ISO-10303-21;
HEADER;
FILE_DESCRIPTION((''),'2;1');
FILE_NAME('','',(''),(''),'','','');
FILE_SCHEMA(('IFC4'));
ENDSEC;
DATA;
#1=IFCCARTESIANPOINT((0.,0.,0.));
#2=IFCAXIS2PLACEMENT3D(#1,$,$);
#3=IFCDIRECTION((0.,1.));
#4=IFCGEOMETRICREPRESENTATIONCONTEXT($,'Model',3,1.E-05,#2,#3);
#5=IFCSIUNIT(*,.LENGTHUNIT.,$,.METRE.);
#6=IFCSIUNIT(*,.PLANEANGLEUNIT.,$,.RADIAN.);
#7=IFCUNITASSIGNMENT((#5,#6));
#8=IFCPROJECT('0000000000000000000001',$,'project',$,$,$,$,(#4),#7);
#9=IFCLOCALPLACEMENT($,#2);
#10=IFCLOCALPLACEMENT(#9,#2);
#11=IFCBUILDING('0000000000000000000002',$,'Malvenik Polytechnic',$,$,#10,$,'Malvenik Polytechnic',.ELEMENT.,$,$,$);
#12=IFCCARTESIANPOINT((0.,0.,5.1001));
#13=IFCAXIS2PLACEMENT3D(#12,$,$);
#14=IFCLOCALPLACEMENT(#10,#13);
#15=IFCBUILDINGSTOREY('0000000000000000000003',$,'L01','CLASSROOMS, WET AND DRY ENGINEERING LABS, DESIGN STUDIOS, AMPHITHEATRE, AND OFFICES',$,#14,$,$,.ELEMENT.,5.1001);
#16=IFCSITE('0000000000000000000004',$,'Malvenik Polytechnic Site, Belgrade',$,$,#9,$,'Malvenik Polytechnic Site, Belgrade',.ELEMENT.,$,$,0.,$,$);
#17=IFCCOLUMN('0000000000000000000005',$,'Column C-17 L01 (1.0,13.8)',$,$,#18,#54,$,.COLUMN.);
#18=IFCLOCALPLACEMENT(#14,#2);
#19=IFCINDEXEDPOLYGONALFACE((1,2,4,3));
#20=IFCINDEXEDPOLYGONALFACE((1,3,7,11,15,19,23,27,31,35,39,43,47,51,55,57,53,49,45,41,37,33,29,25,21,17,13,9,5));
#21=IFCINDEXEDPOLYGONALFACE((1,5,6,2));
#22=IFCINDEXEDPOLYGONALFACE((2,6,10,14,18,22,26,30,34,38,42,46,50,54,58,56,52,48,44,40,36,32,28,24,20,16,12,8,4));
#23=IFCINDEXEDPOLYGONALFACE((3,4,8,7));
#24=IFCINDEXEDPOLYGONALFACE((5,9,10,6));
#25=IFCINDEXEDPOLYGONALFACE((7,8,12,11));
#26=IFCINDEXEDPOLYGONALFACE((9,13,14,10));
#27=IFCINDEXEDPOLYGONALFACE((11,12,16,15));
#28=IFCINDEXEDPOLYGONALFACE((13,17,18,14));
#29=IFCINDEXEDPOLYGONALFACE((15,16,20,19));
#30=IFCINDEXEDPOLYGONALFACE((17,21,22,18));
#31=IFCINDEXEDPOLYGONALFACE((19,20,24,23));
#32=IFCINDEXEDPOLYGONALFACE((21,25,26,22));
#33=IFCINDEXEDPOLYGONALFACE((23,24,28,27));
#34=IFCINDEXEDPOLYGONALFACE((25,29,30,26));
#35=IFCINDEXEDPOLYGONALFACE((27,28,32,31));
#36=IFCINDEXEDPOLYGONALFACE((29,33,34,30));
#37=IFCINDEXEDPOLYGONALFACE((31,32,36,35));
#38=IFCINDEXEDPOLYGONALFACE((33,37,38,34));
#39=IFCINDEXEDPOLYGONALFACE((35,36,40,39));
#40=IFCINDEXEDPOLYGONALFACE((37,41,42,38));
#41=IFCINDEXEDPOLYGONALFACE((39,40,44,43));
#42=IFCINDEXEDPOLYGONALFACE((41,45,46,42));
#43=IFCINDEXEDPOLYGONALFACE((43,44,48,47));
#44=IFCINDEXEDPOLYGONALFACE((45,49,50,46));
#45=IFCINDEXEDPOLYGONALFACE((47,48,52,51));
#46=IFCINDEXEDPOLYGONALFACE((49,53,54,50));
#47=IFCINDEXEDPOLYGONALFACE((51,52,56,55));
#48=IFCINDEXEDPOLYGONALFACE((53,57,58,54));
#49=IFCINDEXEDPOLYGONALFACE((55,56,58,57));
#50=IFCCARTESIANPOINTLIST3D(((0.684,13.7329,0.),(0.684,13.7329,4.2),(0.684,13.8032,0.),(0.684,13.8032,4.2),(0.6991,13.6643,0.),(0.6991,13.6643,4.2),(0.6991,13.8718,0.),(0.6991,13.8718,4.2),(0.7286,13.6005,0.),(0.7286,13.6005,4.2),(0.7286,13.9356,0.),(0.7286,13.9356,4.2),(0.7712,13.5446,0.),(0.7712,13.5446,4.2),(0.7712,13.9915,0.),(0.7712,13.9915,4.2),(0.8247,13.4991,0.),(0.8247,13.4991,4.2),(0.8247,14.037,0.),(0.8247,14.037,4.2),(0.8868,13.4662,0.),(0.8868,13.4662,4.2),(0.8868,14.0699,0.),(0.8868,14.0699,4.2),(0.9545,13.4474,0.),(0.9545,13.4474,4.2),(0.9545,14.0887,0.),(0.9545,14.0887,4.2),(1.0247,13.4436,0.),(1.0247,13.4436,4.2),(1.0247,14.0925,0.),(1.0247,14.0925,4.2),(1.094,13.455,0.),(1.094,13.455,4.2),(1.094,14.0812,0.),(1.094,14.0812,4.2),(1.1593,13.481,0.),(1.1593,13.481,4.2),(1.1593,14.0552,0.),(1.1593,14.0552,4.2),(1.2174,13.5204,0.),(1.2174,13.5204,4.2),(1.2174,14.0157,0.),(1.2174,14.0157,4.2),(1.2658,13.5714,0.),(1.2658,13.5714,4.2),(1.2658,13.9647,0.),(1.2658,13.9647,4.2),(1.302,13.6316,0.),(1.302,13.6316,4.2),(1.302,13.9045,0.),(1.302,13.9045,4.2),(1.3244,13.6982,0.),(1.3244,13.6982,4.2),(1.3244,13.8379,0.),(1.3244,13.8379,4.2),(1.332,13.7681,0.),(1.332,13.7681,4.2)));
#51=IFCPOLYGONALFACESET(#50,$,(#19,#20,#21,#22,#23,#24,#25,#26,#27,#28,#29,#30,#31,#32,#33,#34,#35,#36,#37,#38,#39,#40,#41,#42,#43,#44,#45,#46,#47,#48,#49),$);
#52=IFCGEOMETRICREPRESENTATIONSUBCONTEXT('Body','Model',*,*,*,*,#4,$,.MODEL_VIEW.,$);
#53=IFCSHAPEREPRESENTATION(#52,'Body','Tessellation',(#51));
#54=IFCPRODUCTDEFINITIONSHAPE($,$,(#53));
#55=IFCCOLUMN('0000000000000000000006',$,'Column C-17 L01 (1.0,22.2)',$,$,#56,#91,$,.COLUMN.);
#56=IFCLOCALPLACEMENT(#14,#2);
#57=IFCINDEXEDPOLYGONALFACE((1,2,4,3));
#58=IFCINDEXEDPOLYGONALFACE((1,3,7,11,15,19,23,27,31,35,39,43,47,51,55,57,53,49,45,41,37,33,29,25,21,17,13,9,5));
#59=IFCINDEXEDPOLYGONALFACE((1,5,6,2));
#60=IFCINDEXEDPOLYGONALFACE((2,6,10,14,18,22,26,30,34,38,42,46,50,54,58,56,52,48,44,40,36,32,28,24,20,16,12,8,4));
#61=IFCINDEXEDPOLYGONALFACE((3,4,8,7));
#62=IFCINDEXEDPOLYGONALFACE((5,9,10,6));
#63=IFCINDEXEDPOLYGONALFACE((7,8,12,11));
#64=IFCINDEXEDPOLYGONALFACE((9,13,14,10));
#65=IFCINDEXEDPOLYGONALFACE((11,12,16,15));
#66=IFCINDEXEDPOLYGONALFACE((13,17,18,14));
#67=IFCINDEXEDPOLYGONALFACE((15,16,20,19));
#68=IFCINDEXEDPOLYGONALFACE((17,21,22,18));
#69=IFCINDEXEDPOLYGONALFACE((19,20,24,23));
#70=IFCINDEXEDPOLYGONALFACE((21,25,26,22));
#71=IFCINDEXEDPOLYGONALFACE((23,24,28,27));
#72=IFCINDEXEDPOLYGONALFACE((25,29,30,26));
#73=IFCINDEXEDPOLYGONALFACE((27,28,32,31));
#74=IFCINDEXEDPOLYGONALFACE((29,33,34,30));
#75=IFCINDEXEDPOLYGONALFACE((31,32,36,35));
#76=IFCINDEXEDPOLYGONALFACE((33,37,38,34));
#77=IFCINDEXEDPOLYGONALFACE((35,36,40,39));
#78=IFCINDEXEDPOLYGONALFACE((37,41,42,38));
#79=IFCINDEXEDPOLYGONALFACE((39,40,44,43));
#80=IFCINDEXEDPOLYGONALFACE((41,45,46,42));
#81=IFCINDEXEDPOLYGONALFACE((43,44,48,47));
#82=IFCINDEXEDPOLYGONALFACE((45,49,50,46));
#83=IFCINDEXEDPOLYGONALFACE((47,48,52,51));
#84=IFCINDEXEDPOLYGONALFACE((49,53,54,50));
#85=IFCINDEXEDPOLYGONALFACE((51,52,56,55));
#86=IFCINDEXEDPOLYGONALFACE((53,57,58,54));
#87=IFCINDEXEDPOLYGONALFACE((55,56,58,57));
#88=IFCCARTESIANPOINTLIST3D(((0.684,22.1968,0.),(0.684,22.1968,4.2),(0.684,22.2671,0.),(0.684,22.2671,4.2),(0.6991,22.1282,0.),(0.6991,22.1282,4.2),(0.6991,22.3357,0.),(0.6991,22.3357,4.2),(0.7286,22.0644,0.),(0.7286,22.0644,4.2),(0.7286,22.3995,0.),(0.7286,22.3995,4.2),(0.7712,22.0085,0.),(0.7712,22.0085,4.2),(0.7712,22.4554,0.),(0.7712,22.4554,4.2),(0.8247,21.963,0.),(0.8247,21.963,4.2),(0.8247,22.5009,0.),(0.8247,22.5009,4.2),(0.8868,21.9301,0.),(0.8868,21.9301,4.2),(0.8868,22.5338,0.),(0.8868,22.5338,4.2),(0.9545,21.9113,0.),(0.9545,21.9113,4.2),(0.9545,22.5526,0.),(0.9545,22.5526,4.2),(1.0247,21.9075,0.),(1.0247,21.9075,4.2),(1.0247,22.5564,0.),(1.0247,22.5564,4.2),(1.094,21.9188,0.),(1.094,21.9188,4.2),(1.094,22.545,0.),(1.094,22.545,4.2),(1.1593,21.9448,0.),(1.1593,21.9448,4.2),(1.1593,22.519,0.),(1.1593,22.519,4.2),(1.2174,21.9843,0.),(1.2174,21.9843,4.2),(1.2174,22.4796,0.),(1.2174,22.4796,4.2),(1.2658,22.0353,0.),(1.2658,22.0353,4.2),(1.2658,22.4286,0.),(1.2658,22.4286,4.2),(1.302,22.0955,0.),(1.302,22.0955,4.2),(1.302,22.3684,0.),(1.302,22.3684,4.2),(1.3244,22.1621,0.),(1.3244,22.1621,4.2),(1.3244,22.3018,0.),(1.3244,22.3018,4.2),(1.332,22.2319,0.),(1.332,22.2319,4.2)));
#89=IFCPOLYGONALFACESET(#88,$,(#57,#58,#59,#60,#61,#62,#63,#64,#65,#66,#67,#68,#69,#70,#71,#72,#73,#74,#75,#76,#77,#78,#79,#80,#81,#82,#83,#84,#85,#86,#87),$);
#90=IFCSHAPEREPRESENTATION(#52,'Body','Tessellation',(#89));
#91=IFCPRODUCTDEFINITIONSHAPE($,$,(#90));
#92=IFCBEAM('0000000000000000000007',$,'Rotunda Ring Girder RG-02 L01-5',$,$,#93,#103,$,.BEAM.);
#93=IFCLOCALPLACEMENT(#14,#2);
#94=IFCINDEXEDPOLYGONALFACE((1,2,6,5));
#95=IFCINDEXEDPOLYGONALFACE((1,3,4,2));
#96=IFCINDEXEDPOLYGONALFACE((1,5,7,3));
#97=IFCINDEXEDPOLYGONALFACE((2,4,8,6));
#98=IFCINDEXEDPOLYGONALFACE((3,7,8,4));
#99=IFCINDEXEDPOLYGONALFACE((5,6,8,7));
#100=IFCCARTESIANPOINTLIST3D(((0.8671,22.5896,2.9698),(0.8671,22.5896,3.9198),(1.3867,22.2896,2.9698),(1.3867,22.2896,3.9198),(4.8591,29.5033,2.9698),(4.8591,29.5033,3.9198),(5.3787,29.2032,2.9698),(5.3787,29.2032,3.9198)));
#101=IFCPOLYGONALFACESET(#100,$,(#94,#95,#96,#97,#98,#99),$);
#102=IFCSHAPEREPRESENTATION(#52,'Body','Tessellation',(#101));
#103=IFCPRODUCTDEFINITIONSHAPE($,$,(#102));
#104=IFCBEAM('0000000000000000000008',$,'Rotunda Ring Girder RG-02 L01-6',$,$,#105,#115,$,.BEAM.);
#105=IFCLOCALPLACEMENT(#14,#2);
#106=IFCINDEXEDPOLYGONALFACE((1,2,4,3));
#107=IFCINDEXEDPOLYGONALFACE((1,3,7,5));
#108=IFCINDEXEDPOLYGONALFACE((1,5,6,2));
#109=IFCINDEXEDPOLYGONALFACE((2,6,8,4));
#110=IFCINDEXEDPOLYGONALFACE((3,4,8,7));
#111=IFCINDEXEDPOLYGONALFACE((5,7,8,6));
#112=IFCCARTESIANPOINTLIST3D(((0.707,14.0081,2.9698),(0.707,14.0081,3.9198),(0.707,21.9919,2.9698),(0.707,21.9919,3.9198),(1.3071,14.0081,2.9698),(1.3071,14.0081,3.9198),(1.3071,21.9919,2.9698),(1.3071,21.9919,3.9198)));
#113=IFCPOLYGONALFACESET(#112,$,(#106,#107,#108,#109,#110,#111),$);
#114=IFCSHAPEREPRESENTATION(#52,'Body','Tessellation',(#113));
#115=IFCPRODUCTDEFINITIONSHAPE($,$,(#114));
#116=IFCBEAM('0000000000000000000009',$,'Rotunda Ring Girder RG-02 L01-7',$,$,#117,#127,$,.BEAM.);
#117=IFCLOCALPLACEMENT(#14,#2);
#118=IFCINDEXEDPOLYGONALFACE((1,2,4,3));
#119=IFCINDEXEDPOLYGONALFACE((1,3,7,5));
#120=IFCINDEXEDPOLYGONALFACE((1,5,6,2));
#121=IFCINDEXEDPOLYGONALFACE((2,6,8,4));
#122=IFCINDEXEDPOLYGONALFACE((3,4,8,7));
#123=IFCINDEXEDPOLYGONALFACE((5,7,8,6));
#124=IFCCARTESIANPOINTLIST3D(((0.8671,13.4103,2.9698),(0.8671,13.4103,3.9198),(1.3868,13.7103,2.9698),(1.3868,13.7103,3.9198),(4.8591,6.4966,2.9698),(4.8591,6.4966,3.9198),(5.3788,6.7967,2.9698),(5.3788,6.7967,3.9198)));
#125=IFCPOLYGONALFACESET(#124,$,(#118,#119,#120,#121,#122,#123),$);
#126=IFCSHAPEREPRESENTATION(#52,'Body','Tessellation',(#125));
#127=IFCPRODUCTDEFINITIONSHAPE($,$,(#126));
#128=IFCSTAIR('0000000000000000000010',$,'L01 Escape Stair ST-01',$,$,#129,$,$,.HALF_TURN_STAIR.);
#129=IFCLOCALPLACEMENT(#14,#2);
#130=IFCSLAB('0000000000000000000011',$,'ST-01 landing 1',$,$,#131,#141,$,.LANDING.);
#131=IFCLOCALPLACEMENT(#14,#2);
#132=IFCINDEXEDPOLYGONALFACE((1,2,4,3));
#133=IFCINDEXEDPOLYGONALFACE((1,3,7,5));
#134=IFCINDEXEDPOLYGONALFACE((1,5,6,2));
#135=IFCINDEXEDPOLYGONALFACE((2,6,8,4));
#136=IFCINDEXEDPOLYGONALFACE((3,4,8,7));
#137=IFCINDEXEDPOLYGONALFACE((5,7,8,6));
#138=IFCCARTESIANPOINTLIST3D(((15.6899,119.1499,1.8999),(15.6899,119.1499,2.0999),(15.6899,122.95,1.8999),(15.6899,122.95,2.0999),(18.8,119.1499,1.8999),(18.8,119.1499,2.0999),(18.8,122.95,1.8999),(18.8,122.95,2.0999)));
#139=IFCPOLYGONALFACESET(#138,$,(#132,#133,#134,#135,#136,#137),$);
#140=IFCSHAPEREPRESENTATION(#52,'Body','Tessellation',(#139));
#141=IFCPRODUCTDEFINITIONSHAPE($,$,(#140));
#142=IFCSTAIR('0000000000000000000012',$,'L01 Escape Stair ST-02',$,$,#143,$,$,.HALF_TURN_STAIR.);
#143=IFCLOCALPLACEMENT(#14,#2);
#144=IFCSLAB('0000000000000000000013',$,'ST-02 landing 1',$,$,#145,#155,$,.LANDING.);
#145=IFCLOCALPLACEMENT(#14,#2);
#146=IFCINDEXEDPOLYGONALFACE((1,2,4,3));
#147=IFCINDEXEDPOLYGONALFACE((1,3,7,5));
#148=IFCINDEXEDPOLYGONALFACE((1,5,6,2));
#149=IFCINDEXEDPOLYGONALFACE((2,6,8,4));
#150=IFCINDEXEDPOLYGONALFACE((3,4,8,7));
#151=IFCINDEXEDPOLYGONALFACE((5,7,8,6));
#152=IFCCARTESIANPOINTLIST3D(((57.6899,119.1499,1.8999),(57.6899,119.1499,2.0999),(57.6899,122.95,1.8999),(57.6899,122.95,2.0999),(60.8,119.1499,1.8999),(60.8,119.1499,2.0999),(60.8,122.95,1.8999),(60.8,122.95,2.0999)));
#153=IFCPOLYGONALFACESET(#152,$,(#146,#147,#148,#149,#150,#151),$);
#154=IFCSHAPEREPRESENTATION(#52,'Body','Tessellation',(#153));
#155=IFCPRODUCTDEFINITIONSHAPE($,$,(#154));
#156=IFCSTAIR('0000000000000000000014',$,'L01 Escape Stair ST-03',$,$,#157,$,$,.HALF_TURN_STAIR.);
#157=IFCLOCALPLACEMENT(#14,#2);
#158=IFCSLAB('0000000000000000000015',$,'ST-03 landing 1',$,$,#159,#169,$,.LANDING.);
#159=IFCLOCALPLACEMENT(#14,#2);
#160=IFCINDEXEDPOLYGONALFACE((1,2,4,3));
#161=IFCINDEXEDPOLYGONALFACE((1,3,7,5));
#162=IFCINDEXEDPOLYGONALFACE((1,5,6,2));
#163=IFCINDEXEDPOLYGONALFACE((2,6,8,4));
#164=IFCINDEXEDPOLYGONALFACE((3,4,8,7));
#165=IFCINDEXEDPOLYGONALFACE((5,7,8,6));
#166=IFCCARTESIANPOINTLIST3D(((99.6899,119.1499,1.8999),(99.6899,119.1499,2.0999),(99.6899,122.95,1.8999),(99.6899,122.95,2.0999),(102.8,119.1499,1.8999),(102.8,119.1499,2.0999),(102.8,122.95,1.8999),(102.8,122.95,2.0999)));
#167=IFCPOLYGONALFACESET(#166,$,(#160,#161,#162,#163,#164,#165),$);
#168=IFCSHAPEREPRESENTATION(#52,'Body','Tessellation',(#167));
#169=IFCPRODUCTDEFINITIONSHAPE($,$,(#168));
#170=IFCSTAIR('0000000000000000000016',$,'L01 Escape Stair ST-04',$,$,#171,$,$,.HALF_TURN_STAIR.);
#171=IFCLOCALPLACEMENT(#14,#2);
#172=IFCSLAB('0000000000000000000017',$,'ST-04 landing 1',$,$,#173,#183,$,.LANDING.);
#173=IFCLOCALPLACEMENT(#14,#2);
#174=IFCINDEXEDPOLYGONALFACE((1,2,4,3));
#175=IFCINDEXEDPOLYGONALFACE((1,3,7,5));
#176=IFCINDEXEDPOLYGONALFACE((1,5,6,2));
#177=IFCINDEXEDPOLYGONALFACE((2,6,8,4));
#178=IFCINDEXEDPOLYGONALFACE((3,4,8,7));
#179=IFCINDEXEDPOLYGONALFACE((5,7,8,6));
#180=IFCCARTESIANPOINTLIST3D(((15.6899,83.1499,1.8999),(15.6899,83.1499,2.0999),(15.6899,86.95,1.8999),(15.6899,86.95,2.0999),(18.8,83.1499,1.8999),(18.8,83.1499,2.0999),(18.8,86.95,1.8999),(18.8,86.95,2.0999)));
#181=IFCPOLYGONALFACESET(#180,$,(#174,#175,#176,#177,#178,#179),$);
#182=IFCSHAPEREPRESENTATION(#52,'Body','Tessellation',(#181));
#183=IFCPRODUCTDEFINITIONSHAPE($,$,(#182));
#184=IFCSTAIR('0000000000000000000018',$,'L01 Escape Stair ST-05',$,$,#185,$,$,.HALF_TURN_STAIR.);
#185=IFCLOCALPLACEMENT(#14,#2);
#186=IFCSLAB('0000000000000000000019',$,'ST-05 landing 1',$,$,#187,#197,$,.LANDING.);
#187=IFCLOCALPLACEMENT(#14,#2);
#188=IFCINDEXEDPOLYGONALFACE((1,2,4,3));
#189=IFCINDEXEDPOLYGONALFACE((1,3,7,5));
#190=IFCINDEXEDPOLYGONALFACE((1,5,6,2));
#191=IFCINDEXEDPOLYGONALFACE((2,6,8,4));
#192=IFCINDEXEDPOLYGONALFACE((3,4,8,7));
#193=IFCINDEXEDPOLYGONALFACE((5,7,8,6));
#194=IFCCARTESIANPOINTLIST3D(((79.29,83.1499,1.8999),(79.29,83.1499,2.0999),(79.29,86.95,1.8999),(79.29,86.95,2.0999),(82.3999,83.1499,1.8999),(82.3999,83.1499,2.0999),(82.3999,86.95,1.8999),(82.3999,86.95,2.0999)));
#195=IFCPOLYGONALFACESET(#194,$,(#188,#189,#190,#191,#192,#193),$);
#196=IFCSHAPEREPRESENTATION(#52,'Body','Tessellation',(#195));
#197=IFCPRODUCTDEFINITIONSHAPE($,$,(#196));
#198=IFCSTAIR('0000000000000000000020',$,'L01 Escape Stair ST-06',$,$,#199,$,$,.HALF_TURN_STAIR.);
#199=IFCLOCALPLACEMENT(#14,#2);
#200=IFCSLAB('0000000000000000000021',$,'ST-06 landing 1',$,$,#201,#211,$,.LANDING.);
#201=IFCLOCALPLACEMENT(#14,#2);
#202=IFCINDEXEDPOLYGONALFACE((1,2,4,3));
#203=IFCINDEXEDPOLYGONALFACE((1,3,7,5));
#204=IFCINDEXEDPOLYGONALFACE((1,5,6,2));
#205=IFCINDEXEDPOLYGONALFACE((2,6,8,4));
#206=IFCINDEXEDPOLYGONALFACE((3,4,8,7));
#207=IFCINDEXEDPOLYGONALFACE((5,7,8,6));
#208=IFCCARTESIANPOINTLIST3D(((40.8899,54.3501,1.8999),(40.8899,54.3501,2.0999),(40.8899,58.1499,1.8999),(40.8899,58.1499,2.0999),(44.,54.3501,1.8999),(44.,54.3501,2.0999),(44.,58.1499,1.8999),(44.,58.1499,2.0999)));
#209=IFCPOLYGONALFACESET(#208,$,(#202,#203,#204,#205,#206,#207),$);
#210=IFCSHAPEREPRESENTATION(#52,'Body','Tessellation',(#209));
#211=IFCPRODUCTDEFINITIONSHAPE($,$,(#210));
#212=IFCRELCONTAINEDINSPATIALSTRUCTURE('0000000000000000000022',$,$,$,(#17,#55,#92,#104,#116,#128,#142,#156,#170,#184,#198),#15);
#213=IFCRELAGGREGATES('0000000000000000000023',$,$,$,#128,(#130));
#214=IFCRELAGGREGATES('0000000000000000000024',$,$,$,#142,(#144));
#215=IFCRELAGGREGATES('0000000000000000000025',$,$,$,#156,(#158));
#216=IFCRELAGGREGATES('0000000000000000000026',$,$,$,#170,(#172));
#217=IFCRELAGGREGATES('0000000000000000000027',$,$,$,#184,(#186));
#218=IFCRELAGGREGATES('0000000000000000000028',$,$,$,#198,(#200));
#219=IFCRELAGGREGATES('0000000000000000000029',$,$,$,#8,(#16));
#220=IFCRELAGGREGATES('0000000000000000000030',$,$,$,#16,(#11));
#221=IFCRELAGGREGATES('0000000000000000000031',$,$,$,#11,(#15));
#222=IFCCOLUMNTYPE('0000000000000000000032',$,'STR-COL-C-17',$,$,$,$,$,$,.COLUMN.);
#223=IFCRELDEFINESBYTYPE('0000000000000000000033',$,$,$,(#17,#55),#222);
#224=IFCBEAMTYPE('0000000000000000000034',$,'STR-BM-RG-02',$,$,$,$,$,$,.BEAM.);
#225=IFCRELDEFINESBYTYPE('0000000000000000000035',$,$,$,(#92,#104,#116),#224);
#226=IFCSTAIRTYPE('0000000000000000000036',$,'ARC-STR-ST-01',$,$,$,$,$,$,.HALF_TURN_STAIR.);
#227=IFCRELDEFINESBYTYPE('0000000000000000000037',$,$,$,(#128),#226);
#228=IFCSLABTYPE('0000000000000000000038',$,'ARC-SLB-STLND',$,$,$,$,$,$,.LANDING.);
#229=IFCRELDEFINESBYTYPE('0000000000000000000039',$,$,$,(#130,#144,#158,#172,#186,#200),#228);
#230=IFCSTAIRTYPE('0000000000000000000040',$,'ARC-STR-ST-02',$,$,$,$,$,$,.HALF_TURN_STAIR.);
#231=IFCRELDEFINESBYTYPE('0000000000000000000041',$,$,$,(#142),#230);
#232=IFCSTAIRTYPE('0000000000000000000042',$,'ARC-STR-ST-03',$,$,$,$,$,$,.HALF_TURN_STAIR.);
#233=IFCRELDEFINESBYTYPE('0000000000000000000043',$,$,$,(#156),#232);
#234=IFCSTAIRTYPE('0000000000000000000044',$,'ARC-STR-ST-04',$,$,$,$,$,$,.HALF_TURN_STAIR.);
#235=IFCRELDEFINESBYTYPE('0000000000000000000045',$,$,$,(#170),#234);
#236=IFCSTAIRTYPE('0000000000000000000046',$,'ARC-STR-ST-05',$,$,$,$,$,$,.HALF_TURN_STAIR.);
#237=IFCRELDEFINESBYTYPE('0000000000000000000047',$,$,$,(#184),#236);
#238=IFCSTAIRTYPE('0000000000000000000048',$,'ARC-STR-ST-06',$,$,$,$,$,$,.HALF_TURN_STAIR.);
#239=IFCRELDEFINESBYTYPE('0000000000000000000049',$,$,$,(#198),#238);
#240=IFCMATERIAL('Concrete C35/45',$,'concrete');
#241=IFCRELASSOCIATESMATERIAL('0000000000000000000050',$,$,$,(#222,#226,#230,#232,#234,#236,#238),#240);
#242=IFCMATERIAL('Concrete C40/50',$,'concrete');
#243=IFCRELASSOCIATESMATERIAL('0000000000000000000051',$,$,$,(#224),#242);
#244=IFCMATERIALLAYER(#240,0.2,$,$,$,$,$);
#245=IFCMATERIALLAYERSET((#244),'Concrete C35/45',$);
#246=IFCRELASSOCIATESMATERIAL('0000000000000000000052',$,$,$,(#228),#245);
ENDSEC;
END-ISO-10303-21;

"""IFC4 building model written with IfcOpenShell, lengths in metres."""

from ifc_helpers import new_model, si_unit, direction, frame, origin, origin_2d, place, context, subcontext, project, spatial, polyline, rectangle, circle, outline, extrude, material, layer, layer_set, material_profile, profile_set, type_object, element, aggregate, save


model = new_model("IFC4")

# Units and contexts
model_context = context("Model", 3, precision=1e-05, world=origin(), true_north=direction((0.0, 1.0)))
body_context = subcontext(model_context, "Body", "Model", "MODEL_VIEW")
ifc_project = project(units=[si_unit("LENGTHUNIT", "METRE"), si_unit("PLANEANGLEUNIT", "RADIAN")], contexts=[model_context])

# Site, building, storey
site_placement = place(None, origin())
site = spatial("IfcSite", under=ifc_project, at=site_placement, Name="Malvenik Polytechnic Site, Belgrade", LongName="Malvenik Polytechnic Site, Belgrade", CompositionType="ELEMENT", RefElevation=0.0)
building_placement = place(site_placement, origin())
building = spatial("IfcBuilding", under=site, at=building_placement, Name="Malvenik Polytechnic", LongName="Malvenik Polytechnic", CompositionType="ELEMENT")
storey_placement = place(building_placement, frame((0.0, 0.0, 5.1001)))
storey = spatial("IfcBuildingStorey", under=building, at=storey_placement, Name="L01", Description="CLASSROOMS, WET AND DRY ENGINEERING LABS, DESIGN STUDIOS, AMPHITHEATRE, AND OFFICES", CompositionType="ELEMENT", Elevation=5.1001)

# Columns
ifc_material_1 = material(Name="Concrete C35/45", Category="concrete")
ifc_material_profile_1 = material_profile(ifc_material_1, circle(Radius=0.325, at=origin_2d()), Name="RC COL D650")
ifc_profile_set_1 = profile_set([ifc_material_profile_1], Name="Concrete C35/45")
column_type = type_object("IfcColumnType", Name="STR-COL-C-17", PredefinedType="COLUMN", material=ifc_profile_set_1)
for number, where, z_axis, x_axis, name in (
    (1, (1.0071, 13.7681, 0.0), (0.0, 0.0, 1.0), (1.0, 0.0, 0.0), "Column C-17 L01 (1.0,13.8)"),
    (2, (1.0071, 22.2319, 0.0), (0.0, 0.0, 1.0), (1.0, 0.0, 0.0), "Column C-17 L01 (1.0,22.2)"),
):
    element("IfcColumn", number, at=place(storey_placement, frame(where, z_axis=z_axis, x_axis=x_axis)), inside=storey, type_object=column_type, Name=name, PredefinedType="COLUMN", context=body_context, shape_type="SweptSolid", body=[
        extrude(circle(Radius=0.325, at=origin_2d()), origin(), (0.0, 0.0, 1.0), 4.2),
    ])

# Beams
ifc_material_2 = material(Name="Concrete C40/50", Category="concrete")
ifc_material_profile_2 = material_profile(ifc_material_2, rectangle(XDim=0.6001, YDim=0.95, at=origin_2d()), Name="RC RG 600x950")
ifc_profile_set_2 = profile_set([ifc_material_profile_2], Name="Concrete C40/50")
beam_type = type_object("IfcBeamType", Name="STR-BM-RG-02", PredefinedType="BEAM", material=ifc_profile_set_2)
beam_1_placement = place(storey_placement, frame((5.1189, 29.3533, 3.4448), z_axis=(-0.500037, -0.866004, 0.0), x_axis=(0.866004, -0.500037, 0.0)))
element("IfcBeam", 3, at=beam_1_placement, inside=storey, type_object=beam_type, Name="Rotunda Ring Girder RG-02 L01-5", PredefinedType="BEAM", context=body_context, shape_type="SweptSolid", body=[
    extrude(rectangle(XDim=0.6001, YDim=0.95, at=origin_2d()), origin(), (0.0, 0.0, 1.0), 7.9834),
])
beam_2_placement = place(storey_placement, frame((1.0071, 21.9919, 3.4448), z_axis=(0.0, -1.0, 0.0), x_axis=(1.0, 0.0, 0.0)))
element("IfcBeam", 4, at=beam_2_placement, inside=storey, type_object=beam_type, Name="Rotunda Ring Girder RG-02 L01-6", PredefinedType="BEAM", context=body_context, shape_type="SweptSolid", body=[
    extrude(rectangle(XDim=0.6001, YDim=0.95, at=origin_2d()), origin(), (0.0, 0.0, 1.0), 7.9839),
])
beam_3_placement = place(storey_placement, frame((1.127, 13.5603, 3.4448), z_axis=(0.500037, -0.866004, 0.0), x_axis=(0.866004, 0.500037, 0.0)))
element("IfcBeam", 5, at=beam_3_placement, inside=storey, type_object=beam_type, Name="Rotunda Ring Girder RG-02 L01-7", PredefinedType="BEAM", context=body_context, shape_type="SweptSolid", body=[
    extrude(rectangle(XDim=0.6001, YDim=0.95, at=origin_2d()), origin(), (0.0, 0.0, 1.0), 7.9834),
])

# Stairs, slabs
stair_type_1 = type_object("IfcStairType", Name="ARC-STR-ST-01", PredefinedType="HALF_TURN_STAIR", material=ifc_material_1)
stair_1_placement = place(storey_placement, origin())
stair_1 = element("IfcStair", 6, at=stair_1_placement, inside=storey, type_object=stair_type_1, Name="L01 Escape Stair ST-01", PredefinedType="HALF_TURN_STAIR")
ifc_layer_1 = layer(ifc_material_1, 0.2)
ifc_layer_set_1 = layer_set([ifc_layer_1], Name="Concrete C35/45")
slab_type_1 = type_object("IfcSlabType", Name="ARC-SLB-STLND", PredefinedType="LANDING", material=ifc_layer_set_1)
slab_1_placement = place(storey_placement, frame((0.0, 0.0, 1.8999)))
slab_1 = element("IfcSlab", 7, at=slab_1_placement, type_object=slab_type_1, Name="ST-01 landing 1", PredefinedType="LANDING", context=body_context, shape_type="SweptSolid", body=[
    extrude(outline(polyline([(15.6899, 119.1499), (18.8, 119.1499), (18.8, 122.95), (15.6899, 122.95), (15.6899, 119.1499)])), origin(), (0.0, 0.0, 1.0), 0.2),
])
aggregate(stair_1, [slab_1])
stair_type_2 = type_object("IfcStairType", Name="ARC-STR-ST-02", PredefinedType="HALF_TURN_STAIR", material=ifc_material_1)
stair_2_placement = place(storey_placement, origin())
stair_2 = element("IfcStair", 8, at=stair_2_placement, inside=storey, type_object=stair_type_2, Name="L01 Escape Stair ST-02", PredefinedType="HALF_TURN_STAIR")
slab_2_placement = place(storey_placement, frame((0.0, 0.0, 1.8999)))
slab_2 = element("IfcSlab", 9, at=slab_2_placement, type_object=slab_type_1, Name="ST-02 landing 1", PredefinedType="LANDING", context=body_context, shape_type="SweptSolid", body=[
    extrude(outline(polyline([(57.6899, 119.1499), (60.8, 119.1499), (60.8, 122.95), (57.6899, 122.95), (57.6899, 119.1499)])), origin(), (0.0, 0.0, 1.0), 0.2),
])
aggregate(stair_2, [slab_2])
stair_type_3 = type_object("IfcStairType", Name="ARC-STR-ST-03", PredefinedType="HALF_TURN_STAIR", material=ifc_material_1)
stair_3_placement = place(storey_placement, origin())
stair_3 = element("IfcStair", 10, at=stair_3_placement, inside=storey, type_object=stair_type_3, Name="L01 Escape Stair ST-03", PredefinedType="HALF_TURN_STAIR")
slab_3_placement = place(storey_placement, frame((0.0, 0.0, 1.8999)))
slab_3 = element("IfcSlab", 11, at=slab_3_placement, type_object=slab_type_1, Name="ST-03 landing 1", PredefinedType="LANDING", context=body_context, shape_type="SweptSolid", body=[
    extrude(outline(polyline([(99.6899, 119.1499), (102.8, 119.1499), (102.8, 122.95), (99.6899, 122.95), (99.6899, 119.1499)])), origin(), (0.0, 0.0, 1.0), 0.2),
])
aggregate(stair_3, [slab_3])
stair_type_4 = type_object("IfcStairType", Name="ARC-STR-ST-04", PredefinedType="HALF_TURN_STAIR", material=ifc_material_1)
stair_4_placement = place(storey_placement, origin())
stair_4 = element("IfcStair", 12, at=stair_4_placement, inside=storey, type_object=stair_type_4, Name="L01 Escape Stair ST-04", PredefinedType="HALF_TURN_STAIR")
slab_4_placement = place(storey_placement, frame((0.0, 0.0, 1.8999)))
slab_4 = element("IfcSlab", 13, at=slab_4_placement, type_object=slab_type_1, Name="ST-04 landing 1", PredefinedType="LANDING", context=body_context, shape_type="SweptSolid", body=[
    extrude(outline(polyline([(15.6899, 83.1499), (18.8, 83.1499), (18.8, 86.95), (15.6899, 86.95), (15.6899, 83.1499)])), origin(), (0.0, 0.0, 1.0), 0.2),
])
aggregate(stair_4, [slab_4])
stair_type_5 = type_object("IfcStairType", Name="ARC-STR-ST-05", PredefinedType="HALF_TURN_STAIR", material=ifc_material_1)
stair_5_placement = place(storey_placement, origin())
stair_5 = element("IfcStair", 14, at=stair_5_placement, inside=storey, type_object=stair_type_5, Name="L01 Escape Stair ST-05", PredefinedType="HALF_TURN_STAIR")
slab_5_placement = place(storey_placement, frame((0.0, 0.0, 1.8999)))
slab_5 = element("IfcSlab", 15, at=slab_5_placement, type_object=slab_type_1, Name="ST-05 landing 1", PredefinedType="LANDING", context=body_context, shape_type="SweptSolid", body=[
    extrude(outline(polyline([(79.29, 83.1499), (82.3999, 83.1499), (82.3999, 86.95), (79.29, 86.95), (79.29, 83.1499)])), origin(), (0.0, 0.0, 1.0), 0.2),
])
aggregate(stair_5, [slab_5])
stair_type_6 = type_object("IfcStairType", Name="ARC-STR-ST-06", PredefinedType="HALF_TURN_STAIR", material=ifc_material_1)
stair_6_placement = place(storey_placement, origin())
stair_6 = element("IfcStair", 16, at=stair_6_placement, inside=storey, type_object=stair_type_6, Name="L01 Escape Stair ST-06", PredefinedType="HALF_TURN_STAIR")
slab_6_placement = place(storey_placement, frame((0.0, 0.0, 1.8999)))
slab_6 = element("IfcSlab", 17, at=slab_6_placement, type_object=slab_type_1, Name="ST-06 landing 1", PredefinedType="LANDING", context=body_context, shape_type="SweptSolid", body=[
    extrude(outline(polyline([(40.8899, 54.3501), (44.0, 54.3501), (44.0, 58.1499), (40.8899, 58.1499), (40.8899, 54.3501)])), origin(), (0.0, 0.0, 1.0), 0.2),
])
aggregate(stair_6, [slab_6])

save(model, "model.ifc")
